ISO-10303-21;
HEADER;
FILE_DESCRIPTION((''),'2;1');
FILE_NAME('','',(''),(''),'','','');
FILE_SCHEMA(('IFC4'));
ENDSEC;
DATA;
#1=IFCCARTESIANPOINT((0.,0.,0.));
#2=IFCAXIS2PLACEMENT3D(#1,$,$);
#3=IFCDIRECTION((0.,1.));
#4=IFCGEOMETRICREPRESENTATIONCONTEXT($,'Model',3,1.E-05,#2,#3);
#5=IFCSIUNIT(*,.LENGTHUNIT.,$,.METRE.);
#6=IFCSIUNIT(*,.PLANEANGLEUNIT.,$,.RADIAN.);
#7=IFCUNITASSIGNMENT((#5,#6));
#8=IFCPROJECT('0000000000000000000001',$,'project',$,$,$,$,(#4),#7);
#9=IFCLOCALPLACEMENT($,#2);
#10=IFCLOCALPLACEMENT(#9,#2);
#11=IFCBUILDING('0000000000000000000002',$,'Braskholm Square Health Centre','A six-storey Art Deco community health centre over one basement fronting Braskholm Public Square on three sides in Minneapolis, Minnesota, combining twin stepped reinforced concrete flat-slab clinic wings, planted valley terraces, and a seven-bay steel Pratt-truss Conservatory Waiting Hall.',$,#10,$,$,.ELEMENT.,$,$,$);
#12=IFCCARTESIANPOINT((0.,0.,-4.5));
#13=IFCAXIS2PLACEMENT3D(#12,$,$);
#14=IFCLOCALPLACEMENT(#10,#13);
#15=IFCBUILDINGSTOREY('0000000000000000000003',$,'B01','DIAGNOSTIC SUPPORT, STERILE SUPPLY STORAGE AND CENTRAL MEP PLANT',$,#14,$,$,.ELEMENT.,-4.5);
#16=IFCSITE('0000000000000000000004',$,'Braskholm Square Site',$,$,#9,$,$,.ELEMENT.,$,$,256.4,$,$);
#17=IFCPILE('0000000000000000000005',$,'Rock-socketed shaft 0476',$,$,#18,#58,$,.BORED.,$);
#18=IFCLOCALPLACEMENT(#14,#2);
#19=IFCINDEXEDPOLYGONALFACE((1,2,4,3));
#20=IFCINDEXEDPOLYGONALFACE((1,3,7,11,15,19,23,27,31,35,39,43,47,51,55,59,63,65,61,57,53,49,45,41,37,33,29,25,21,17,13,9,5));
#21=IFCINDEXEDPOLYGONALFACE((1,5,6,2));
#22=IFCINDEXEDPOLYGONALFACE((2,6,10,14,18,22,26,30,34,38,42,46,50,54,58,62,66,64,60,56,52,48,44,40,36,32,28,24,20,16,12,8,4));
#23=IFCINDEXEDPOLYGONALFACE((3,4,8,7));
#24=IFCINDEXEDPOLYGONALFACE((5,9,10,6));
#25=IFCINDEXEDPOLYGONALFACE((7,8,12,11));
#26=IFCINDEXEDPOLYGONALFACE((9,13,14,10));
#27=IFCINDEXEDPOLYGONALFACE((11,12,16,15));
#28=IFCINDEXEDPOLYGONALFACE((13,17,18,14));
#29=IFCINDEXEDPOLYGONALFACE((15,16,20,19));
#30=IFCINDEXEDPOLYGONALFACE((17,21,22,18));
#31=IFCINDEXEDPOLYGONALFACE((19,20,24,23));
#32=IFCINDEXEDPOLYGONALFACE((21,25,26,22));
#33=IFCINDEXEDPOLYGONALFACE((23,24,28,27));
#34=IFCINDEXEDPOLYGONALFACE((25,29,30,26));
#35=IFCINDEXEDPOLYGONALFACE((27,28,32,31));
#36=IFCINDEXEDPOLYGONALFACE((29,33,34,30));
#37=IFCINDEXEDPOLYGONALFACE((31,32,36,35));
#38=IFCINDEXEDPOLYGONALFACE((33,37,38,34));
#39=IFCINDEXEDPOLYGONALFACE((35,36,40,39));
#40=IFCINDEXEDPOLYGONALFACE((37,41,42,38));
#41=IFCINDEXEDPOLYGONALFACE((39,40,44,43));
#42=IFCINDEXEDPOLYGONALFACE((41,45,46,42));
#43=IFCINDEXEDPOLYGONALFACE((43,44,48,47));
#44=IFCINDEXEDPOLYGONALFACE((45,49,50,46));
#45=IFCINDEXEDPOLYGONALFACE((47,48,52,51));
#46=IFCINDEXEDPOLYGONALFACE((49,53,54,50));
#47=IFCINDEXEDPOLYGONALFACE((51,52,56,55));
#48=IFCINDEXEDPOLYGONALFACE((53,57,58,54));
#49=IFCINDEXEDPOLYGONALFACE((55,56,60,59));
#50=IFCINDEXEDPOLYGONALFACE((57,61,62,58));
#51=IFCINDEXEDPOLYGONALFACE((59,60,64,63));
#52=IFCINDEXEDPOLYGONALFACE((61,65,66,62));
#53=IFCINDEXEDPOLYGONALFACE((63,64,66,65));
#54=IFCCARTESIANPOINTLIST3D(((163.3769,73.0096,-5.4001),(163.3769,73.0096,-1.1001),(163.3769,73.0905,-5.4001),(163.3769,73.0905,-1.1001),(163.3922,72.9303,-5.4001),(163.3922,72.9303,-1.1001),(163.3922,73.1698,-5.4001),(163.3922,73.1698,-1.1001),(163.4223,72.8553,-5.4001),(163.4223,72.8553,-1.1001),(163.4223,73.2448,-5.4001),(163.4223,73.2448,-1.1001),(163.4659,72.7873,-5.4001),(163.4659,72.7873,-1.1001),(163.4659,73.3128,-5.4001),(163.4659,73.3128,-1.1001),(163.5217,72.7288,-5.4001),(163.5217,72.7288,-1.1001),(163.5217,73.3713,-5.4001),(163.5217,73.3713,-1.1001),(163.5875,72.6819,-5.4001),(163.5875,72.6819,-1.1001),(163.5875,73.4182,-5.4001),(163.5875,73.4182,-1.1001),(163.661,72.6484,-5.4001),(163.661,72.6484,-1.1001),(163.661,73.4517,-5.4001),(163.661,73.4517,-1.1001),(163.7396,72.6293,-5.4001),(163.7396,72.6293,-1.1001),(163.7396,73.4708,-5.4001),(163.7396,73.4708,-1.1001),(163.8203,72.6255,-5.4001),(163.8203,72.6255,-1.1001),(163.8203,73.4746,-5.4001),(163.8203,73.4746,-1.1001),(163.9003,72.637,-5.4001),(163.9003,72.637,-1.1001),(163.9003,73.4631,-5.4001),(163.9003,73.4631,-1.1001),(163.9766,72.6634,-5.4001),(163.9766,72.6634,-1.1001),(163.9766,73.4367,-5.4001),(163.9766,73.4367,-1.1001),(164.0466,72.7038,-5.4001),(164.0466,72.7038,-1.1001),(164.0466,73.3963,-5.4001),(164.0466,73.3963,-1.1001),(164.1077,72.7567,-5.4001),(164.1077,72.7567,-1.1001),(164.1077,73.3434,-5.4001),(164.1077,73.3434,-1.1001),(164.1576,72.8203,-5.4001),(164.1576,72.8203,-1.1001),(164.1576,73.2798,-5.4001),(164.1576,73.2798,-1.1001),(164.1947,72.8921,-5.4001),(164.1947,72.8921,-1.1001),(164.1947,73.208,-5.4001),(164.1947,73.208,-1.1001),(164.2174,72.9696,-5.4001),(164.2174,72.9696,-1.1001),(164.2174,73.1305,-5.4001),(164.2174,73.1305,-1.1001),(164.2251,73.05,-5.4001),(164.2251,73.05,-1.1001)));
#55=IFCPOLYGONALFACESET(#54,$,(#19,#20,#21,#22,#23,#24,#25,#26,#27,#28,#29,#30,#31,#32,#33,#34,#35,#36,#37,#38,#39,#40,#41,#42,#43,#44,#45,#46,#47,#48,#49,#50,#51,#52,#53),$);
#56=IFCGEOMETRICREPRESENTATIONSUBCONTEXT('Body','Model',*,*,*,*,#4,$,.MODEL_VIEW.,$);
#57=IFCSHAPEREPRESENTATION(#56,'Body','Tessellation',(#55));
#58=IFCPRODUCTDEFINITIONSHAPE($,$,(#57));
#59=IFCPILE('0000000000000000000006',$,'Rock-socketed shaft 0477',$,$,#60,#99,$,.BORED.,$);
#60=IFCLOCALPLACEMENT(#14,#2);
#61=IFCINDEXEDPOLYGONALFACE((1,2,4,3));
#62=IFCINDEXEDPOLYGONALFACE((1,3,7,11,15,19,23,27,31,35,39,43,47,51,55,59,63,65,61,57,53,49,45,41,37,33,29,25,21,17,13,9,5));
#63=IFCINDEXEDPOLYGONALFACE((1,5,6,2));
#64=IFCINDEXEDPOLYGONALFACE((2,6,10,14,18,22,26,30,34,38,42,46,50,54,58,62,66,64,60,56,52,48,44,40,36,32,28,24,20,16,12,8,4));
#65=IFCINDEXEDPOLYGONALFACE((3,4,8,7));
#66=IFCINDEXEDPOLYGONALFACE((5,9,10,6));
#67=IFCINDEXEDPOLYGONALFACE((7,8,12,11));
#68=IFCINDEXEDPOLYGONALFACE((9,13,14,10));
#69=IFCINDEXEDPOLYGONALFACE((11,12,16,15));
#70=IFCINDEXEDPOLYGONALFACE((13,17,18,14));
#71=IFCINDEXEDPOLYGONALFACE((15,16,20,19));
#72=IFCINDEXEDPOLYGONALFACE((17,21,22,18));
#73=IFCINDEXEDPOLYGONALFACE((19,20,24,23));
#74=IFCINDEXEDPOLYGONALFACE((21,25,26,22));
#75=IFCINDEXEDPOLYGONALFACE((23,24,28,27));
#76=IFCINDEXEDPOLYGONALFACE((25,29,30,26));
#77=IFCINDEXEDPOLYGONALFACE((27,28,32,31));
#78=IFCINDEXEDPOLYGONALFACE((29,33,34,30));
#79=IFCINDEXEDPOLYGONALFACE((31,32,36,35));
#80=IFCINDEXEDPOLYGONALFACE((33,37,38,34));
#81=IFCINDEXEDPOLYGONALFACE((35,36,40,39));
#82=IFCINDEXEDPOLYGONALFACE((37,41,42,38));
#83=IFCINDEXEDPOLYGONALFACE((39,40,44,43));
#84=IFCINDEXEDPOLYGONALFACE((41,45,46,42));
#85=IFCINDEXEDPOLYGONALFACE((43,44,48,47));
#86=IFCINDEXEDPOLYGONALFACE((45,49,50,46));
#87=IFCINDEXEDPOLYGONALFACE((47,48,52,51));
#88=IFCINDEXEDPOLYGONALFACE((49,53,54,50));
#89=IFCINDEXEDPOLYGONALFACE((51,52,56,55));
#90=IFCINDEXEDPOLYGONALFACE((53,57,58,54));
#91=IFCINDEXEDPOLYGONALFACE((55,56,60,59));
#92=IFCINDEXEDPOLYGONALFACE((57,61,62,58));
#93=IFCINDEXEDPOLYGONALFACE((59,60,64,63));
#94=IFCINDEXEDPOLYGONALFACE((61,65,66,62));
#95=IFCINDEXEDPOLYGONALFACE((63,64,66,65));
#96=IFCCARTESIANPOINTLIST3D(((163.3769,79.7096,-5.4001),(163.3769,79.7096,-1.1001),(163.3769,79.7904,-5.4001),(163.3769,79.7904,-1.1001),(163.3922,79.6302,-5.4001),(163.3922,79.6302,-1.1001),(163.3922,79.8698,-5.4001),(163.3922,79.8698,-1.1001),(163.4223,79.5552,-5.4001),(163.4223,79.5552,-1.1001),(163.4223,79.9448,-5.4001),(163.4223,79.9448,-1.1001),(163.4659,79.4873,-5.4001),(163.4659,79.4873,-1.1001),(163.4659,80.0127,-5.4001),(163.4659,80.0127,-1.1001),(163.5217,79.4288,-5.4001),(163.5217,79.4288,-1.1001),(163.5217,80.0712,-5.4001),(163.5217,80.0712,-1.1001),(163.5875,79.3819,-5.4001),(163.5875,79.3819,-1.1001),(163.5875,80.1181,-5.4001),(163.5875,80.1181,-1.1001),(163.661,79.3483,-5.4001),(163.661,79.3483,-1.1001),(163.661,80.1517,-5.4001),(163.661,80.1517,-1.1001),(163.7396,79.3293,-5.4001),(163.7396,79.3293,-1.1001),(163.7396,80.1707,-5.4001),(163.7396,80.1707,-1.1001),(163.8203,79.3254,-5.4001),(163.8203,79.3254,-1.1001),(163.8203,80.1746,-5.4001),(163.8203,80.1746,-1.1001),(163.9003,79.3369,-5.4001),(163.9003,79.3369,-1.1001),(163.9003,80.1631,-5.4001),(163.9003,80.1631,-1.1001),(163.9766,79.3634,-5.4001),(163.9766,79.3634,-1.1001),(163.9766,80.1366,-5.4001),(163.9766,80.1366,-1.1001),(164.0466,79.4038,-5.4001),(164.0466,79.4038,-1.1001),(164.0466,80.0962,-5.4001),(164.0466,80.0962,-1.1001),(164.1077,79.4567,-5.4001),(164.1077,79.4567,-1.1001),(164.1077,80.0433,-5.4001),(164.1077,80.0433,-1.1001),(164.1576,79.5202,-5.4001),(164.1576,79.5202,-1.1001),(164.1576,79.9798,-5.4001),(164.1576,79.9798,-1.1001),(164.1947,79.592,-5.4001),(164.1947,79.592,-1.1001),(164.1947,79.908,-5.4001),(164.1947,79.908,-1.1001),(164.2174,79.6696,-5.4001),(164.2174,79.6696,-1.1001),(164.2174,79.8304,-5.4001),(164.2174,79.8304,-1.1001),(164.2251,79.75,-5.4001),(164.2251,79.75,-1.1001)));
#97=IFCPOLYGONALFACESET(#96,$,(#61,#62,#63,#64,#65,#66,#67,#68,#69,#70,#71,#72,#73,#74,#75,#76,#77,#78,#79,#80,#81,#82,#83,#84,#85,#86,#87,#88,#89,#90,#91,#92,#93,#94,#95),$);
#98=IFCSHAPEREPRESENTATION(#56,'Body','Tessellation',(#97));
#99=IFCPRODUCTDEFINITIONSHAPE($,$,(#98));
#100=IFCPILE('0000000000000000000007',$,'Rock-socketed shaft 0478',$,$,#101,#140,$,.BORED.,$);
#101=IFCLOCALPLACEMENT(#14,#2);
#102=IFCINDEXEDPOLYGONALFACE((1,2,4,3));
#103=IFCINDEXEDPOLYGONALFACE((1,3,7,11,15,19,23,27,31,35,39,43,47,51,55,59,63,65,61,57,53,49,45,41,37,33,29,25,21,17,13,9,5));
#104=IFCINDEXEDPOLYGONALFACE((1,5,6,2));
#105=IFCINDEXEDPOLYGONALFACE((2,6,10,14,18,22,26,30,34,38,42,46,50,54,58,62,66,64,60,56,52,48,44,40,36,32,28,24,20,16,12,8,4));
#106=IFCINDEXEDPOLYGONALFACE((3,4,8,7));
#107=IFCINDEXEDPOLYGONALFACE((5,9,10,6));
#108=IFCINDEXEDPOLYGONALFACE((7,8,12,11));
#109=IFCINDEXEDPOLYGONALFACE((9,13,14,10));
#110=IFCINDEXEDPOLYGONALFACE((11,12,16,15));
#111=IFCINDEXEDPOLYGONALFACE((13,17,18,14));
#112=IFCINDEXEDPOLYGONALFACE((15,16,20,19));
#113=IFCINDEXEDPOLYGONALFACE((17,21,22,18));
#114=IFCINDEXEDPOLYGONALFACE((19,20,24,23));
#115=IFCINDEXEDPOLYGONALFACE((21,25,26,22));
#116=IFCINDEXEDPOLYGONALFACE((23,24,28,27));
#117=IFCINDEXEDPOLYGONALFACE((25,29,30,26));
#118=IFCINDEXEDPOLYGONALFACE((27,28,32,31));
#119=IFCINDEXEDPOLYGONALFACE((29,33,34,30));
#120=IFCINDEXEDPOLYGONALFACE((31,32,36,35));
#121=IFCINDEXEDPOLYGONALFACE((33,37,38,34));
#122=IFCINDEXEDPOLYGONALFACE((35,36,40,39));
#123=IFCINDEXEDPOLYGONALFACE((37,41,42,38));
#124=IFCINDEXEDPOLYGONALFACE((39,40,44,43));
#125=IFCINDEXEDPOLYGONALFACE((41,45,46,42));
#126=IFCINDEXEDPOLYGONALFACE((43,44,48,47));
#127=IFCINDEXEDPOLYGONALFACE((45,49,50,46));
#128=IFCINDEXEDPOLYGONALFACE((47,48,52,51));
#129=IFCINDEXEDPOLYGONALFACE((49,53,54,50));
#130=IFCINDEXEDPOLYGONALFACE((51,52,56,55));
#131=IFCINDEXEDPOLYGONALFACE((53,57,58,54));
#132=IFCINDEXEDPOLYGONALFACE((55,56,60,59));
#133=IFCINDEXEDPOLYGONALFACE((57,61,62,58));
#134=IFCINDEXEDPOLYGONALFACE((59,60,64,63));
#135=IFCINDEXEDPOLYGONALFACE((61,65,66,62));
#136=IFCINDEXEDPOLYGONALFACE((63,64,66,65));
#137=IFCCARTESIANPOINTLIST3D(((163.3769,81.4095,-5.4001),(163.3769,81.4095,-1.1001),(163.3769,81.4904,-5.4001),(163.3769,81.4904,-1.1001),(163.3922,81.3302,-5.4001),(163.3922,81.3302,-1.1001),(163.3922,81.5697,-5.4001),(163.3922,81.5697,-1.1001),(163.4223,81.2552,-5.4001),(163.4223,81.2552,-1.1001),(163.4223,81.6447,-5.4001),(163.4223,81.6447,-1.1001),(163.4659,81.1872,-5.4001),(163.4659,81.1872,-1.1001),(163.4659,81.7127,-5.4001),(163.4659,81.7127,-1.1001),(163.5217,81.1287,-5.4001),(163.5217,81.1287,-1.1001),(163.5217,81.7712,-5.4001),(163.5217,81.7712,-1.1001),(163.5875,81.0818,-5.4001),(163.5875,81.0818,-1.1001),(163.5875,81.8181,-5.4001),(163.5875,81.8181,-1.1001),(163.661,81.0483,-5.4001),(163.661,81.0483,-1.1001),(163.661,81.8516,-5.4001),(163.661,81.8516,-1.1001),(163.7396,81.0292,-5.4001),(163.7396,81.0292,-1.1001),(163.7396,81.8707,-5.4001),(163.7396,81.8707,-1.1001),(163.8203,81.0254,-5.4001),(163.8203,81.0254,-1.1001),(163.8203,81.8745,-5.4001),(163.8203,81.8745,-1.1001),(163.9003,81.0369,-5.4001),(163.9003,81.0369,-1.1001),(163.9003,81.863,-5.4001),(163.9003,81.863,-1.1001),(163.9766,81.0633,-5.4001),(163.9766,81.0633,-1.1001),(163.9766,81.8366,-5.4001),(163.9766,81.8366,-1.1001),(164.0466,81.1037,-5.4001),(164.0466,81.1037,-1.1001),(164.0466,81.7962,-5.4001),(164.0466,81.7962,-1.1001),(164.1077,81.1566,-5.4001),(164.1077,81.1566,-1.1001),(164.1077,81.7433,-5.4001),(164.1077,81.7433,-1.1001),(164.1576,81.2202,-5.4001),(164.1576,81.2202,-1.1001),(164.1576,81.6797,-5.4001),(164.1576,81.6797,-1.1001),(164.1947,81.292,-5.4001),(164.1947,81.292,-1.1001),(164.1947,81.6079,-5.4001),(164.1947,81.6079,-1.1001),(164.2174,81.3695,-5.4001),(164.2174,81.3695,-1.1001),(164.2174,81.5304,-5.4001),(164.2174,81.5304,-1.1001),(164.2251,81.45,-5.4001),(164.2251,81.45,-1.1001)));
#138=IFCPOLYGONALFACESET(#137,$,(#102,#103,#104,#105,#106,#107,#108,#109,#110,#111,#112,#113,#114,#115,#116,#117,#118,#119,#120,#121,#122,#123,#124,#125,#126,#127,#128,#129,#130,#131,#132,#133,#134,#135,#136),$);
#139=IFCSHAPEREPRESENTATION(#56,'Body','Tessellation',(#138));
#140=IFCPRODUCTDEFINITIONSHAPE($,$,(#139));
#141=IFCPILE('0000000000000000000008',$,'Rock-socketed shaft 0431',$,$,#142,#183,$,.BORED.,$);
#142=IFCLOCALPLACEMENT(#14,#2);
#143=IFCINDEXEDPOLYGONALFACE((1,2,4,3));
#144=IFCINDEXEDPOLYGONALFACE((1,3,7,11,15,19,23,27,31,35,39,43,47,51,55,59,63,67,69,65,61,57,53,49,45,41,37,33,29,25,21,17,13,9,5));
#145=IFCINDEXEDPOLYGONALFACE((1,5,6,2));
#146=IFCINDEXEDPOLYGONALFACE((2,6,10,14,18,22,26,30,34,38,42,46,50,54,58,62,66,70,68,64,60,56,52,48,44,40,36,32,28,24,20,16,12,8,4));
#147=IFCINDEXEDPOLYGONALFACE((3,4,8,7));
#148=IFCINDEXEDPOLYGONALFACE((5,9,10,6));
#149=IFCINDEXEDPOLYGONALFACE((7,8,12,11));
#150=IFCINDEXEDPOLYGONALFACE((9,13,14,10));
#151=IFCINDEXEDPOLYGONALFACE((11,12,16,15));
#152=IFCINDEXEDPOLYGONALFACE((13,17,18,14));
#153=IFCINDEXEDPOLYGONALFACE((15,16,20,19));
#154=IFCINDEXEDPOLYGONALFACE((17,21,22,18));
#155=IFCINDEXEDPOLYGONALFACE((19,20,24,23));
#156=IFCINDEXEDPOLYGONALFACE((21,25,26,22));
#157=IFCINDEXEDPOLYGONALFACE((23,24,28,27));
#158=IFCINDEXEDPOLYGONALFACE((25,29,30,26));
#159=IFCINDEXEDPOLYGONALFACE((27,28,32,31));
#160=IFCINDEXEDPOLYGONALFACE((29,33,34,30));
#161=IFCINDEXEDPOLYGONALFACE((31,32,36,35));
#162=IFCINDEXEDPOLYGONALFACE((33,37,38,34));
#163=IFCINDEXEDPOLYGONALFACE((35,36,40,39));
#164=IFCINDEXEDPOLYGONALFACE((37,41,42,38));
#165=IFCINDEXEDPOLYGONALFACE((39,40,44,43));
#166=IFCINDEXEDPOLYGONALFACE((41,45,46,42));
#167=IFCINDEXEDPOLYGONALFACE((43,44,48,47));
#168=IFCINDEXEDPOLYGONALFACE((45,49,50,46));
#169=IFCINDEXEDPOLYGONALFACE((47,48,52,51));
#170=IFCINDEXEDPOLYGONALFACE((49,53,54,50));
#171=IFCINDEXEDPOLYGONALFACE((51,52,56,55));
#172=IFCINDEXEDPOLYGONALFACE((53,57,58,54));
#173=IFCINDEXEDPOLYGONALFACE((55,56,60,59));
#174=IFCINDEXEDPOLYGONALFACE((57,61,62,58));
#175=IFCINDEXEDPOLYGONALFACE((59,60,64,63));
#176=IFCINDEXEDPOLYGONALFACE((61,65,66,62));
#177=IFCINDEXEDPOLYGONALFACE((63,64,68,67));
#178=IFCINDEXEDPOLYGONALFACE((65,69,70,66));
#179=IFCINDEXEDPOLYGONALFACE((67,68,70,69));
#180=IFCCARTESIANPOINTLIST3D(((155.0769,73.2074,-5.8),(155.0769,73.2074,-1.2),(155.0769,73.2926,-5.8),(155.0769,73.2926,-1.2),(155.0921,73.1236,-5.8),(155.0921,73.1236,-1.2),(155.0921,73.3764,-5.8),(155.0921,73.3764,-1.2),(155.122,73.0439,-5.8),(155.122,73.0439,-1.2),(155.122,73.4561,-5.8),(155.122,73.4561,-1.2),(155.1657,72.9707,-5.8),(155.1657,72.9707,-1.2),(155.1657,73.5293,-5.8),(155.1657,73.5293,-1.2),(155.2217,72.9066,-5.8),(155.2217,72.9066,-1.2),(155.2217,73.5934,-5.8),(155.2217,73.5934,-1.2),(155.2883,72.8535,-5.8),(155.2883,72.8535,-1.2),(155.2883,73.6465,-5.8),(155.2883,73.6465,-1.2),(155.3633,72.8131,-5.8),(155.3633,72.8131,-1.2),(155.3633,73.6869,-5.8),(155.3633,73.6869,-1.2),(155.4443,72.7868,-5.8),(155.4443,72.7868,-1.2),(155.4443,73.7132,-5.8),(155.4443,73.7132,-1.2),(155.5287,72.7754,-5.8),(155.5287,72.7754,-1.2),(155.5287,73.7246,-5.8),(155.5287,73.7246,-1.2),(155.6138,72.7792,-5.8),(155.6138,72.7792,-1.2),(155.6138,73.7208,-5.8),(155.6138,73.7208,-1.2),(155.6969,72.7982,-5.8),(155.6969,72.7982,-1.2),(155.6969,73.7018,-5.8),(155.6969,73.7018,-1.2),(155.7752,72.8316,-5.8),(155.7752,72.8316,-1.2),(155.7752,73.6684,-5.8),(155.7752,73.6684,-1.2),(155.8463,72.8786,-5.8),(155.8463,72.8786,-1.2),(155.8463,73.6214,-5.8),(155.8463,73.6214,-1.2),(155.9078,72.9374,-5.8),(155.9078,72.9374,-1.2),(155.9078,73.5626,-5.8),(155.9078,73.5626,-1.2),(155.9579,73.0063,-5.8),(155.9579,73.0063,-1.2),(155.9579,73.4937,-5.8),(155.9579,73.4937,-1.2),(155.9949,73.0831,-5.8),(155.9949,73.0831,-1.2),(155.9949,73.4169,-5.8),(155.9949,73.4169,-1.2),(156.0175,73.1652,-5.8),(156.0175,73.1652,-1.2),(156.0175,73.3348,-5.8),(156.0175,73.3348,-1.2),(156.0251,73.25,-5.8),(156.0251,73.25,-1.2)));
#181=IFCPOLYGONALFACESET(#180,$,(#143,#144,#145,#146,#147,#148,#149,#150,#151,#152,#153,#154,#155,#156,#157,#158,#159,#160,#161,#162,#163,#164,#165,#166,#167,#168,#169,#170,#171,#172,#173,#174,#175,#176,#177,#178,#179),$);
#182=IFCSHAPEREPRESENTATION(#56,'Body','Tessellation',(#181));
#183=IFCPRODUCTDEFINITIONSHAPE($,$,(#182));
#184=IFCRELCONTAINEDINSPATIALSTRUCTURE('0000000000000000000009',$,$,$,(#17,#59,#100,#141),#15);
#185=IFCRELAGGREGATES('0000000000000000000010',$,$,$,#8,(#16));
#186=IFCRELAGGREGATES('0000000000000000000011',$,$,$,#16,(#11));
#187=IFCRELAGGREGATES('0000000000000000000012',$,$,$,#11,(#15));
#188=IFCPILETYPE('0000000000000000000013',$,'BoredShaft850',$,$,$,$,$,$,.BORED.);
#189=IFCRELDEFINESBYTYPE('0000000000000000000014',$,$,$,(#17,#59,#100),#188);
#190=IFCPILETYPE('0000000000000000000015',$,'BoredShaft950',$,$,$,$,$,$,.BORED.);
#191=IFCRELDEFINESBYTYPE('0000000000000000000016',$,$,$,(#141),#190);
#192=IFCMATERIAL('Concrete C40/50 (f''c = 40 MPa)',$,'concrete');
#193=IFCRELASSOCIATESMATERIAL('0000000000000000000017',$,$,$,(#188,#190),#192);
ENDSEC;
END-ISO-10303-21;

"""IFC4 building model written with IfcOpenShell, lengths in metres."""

from ifc_helpers import new_model, si_unit, direction, frame, origin, origin_2d, place, context, subcontext, project, spatial, circle, extrude, material, material_profile, profile_set, type_object, element, save


model = new_model("IFC4")

# Units and contexts
model_context = context("Model", 3, precision=1e-05, world=origin(), true_north=direction((0.0, 1.0)))
body_context = subcontext(model_context, "Body", "Model", "MODEL_VIEW")
ifc_project = project(units=[si_unit("LENGTHUNIT", "METRE"), si_unit("PLANEANGLEUNIT", "RADIAN")], contexts=[model_context])

# Site, building, storey
site_placement = place(None, origin())
site = spatial("IfcSite", under=ifc_project, at=site_placement, Name="Braskholm Square Site", CompositionType="ELEMENT", RefElevation=256.4)
building_placement = place(site_placement, origin())
building = spatial("IfcBuilding", under=site, at=building_placement, Name="Braskholm Square Health Centre", Description="A six-storey Art Deco community health centre over one basement fronting Braskholm Public Square on three sides in Minneapolis, Minnesota, combining twin stepped reinforced concrete flat-slab clinic wings, planted valley terraces, and a seven-bay steel Pratt-truss Conservatory Waiting Hall.", CompositionType="ELEMENT")
storey_placement = place(building_placement, frame((0.0, 0.0, -4.5)))
storey = spatial("IfcBuildingStorey", under=building, at=storey_placement, Name="B01", Description="DIAGNOSTIC SUPPORT, STERILE SUPPLY STORAGE AND CENTRAL MEP PLANT", CompositionType="ELEMENT", Elevation=-4.5)

# Piles
ifc_material_1 = material(Name="Concrete C40/50 (f'c = 40 MPa)", Category="concrete")
ifc_material_profile_1 = material_profile(ifc_material_1, circle(Radius=0.425, at=origin_2d()), Name="BORED-PILE-850")
ifc_profile_set_1 = profile_set([ifc_material_profile_1], Name="Concrete C40/50 (f'c = 40 MPa)")
pile_type_1 = type_object("IfcPileType", Name="BoredShaft850", PredefinedType="BORED", material=ifc_profile_set_1)
for number, where, z_axis, x_axis, name in (
    (1, (163.8, 73.05, -1.1001), (0.0, 0.0, -1.0), (1.0, 0.0, 0.0), "Rock-socketed shaft 0476"),
    (2, (163.8, 79.75, -1.1001), (0.0, 0.0, -1.0), (1.0, 0.0, 0.0), "Rock-socketed shaft 0477"),
    (3, (163.8, 81.45, -1.1001), (0.0, 0.0, -1.0), (1.0, 0.0, 0.0), "Rock-socketed shaft 0478"),
):
    element("IfcPile", number, at=place(storey_placement, frame(where, z_axis=z_axis, x_axis=x_axis)), inside=storey, type_object=pile_type_1, Name=name, PredefinedType="BORED", context=body_context, shape_type="SweptSolid", body=[
        extrude(circle(Radius=0.425, at=origin_2d()), origin(), (0.0, 0.0, 1.0), 4.3),
    ])
ifc_material_profile_2 = material_profile(ifc_material_1, circle(Radius=0.4751, at=origin_2d()), Name="BORED-PILE-950")
ifc_profile_set_2 = profile_set([ifc_material_profile_2], Name="Concrete C40/50 (f'c = 40 MPa)")
pile_type_2 = type_object("IfcPileType", Name="BoredShaft950", PredefinedType="BORED", material=ifc_profile_set_2)
for number, where, z_axis, x_axis, name in (
    (4, (155.55, 73.25, -1.2), (0.0, 0.0, -1.0), (1.0, 0.0, 0.0), "Rock-socketed shaft 0431"),
):
    element("IfcPile", number, at=place(storey_placement, frame(where, z_axis=z_axis, x_axis=x_axis)), inside=storey, type_object=pile_type_2, Name=name, PredefinedType="BORED", context=body_context, shape_type="SweptSolid", body=[
        extrude(circle(Radius=0.4751, at=origin_2d()), origin(), (0.0, 0.0, 1.0), 4.6001),
    ])

save(model, "model.ifc")
